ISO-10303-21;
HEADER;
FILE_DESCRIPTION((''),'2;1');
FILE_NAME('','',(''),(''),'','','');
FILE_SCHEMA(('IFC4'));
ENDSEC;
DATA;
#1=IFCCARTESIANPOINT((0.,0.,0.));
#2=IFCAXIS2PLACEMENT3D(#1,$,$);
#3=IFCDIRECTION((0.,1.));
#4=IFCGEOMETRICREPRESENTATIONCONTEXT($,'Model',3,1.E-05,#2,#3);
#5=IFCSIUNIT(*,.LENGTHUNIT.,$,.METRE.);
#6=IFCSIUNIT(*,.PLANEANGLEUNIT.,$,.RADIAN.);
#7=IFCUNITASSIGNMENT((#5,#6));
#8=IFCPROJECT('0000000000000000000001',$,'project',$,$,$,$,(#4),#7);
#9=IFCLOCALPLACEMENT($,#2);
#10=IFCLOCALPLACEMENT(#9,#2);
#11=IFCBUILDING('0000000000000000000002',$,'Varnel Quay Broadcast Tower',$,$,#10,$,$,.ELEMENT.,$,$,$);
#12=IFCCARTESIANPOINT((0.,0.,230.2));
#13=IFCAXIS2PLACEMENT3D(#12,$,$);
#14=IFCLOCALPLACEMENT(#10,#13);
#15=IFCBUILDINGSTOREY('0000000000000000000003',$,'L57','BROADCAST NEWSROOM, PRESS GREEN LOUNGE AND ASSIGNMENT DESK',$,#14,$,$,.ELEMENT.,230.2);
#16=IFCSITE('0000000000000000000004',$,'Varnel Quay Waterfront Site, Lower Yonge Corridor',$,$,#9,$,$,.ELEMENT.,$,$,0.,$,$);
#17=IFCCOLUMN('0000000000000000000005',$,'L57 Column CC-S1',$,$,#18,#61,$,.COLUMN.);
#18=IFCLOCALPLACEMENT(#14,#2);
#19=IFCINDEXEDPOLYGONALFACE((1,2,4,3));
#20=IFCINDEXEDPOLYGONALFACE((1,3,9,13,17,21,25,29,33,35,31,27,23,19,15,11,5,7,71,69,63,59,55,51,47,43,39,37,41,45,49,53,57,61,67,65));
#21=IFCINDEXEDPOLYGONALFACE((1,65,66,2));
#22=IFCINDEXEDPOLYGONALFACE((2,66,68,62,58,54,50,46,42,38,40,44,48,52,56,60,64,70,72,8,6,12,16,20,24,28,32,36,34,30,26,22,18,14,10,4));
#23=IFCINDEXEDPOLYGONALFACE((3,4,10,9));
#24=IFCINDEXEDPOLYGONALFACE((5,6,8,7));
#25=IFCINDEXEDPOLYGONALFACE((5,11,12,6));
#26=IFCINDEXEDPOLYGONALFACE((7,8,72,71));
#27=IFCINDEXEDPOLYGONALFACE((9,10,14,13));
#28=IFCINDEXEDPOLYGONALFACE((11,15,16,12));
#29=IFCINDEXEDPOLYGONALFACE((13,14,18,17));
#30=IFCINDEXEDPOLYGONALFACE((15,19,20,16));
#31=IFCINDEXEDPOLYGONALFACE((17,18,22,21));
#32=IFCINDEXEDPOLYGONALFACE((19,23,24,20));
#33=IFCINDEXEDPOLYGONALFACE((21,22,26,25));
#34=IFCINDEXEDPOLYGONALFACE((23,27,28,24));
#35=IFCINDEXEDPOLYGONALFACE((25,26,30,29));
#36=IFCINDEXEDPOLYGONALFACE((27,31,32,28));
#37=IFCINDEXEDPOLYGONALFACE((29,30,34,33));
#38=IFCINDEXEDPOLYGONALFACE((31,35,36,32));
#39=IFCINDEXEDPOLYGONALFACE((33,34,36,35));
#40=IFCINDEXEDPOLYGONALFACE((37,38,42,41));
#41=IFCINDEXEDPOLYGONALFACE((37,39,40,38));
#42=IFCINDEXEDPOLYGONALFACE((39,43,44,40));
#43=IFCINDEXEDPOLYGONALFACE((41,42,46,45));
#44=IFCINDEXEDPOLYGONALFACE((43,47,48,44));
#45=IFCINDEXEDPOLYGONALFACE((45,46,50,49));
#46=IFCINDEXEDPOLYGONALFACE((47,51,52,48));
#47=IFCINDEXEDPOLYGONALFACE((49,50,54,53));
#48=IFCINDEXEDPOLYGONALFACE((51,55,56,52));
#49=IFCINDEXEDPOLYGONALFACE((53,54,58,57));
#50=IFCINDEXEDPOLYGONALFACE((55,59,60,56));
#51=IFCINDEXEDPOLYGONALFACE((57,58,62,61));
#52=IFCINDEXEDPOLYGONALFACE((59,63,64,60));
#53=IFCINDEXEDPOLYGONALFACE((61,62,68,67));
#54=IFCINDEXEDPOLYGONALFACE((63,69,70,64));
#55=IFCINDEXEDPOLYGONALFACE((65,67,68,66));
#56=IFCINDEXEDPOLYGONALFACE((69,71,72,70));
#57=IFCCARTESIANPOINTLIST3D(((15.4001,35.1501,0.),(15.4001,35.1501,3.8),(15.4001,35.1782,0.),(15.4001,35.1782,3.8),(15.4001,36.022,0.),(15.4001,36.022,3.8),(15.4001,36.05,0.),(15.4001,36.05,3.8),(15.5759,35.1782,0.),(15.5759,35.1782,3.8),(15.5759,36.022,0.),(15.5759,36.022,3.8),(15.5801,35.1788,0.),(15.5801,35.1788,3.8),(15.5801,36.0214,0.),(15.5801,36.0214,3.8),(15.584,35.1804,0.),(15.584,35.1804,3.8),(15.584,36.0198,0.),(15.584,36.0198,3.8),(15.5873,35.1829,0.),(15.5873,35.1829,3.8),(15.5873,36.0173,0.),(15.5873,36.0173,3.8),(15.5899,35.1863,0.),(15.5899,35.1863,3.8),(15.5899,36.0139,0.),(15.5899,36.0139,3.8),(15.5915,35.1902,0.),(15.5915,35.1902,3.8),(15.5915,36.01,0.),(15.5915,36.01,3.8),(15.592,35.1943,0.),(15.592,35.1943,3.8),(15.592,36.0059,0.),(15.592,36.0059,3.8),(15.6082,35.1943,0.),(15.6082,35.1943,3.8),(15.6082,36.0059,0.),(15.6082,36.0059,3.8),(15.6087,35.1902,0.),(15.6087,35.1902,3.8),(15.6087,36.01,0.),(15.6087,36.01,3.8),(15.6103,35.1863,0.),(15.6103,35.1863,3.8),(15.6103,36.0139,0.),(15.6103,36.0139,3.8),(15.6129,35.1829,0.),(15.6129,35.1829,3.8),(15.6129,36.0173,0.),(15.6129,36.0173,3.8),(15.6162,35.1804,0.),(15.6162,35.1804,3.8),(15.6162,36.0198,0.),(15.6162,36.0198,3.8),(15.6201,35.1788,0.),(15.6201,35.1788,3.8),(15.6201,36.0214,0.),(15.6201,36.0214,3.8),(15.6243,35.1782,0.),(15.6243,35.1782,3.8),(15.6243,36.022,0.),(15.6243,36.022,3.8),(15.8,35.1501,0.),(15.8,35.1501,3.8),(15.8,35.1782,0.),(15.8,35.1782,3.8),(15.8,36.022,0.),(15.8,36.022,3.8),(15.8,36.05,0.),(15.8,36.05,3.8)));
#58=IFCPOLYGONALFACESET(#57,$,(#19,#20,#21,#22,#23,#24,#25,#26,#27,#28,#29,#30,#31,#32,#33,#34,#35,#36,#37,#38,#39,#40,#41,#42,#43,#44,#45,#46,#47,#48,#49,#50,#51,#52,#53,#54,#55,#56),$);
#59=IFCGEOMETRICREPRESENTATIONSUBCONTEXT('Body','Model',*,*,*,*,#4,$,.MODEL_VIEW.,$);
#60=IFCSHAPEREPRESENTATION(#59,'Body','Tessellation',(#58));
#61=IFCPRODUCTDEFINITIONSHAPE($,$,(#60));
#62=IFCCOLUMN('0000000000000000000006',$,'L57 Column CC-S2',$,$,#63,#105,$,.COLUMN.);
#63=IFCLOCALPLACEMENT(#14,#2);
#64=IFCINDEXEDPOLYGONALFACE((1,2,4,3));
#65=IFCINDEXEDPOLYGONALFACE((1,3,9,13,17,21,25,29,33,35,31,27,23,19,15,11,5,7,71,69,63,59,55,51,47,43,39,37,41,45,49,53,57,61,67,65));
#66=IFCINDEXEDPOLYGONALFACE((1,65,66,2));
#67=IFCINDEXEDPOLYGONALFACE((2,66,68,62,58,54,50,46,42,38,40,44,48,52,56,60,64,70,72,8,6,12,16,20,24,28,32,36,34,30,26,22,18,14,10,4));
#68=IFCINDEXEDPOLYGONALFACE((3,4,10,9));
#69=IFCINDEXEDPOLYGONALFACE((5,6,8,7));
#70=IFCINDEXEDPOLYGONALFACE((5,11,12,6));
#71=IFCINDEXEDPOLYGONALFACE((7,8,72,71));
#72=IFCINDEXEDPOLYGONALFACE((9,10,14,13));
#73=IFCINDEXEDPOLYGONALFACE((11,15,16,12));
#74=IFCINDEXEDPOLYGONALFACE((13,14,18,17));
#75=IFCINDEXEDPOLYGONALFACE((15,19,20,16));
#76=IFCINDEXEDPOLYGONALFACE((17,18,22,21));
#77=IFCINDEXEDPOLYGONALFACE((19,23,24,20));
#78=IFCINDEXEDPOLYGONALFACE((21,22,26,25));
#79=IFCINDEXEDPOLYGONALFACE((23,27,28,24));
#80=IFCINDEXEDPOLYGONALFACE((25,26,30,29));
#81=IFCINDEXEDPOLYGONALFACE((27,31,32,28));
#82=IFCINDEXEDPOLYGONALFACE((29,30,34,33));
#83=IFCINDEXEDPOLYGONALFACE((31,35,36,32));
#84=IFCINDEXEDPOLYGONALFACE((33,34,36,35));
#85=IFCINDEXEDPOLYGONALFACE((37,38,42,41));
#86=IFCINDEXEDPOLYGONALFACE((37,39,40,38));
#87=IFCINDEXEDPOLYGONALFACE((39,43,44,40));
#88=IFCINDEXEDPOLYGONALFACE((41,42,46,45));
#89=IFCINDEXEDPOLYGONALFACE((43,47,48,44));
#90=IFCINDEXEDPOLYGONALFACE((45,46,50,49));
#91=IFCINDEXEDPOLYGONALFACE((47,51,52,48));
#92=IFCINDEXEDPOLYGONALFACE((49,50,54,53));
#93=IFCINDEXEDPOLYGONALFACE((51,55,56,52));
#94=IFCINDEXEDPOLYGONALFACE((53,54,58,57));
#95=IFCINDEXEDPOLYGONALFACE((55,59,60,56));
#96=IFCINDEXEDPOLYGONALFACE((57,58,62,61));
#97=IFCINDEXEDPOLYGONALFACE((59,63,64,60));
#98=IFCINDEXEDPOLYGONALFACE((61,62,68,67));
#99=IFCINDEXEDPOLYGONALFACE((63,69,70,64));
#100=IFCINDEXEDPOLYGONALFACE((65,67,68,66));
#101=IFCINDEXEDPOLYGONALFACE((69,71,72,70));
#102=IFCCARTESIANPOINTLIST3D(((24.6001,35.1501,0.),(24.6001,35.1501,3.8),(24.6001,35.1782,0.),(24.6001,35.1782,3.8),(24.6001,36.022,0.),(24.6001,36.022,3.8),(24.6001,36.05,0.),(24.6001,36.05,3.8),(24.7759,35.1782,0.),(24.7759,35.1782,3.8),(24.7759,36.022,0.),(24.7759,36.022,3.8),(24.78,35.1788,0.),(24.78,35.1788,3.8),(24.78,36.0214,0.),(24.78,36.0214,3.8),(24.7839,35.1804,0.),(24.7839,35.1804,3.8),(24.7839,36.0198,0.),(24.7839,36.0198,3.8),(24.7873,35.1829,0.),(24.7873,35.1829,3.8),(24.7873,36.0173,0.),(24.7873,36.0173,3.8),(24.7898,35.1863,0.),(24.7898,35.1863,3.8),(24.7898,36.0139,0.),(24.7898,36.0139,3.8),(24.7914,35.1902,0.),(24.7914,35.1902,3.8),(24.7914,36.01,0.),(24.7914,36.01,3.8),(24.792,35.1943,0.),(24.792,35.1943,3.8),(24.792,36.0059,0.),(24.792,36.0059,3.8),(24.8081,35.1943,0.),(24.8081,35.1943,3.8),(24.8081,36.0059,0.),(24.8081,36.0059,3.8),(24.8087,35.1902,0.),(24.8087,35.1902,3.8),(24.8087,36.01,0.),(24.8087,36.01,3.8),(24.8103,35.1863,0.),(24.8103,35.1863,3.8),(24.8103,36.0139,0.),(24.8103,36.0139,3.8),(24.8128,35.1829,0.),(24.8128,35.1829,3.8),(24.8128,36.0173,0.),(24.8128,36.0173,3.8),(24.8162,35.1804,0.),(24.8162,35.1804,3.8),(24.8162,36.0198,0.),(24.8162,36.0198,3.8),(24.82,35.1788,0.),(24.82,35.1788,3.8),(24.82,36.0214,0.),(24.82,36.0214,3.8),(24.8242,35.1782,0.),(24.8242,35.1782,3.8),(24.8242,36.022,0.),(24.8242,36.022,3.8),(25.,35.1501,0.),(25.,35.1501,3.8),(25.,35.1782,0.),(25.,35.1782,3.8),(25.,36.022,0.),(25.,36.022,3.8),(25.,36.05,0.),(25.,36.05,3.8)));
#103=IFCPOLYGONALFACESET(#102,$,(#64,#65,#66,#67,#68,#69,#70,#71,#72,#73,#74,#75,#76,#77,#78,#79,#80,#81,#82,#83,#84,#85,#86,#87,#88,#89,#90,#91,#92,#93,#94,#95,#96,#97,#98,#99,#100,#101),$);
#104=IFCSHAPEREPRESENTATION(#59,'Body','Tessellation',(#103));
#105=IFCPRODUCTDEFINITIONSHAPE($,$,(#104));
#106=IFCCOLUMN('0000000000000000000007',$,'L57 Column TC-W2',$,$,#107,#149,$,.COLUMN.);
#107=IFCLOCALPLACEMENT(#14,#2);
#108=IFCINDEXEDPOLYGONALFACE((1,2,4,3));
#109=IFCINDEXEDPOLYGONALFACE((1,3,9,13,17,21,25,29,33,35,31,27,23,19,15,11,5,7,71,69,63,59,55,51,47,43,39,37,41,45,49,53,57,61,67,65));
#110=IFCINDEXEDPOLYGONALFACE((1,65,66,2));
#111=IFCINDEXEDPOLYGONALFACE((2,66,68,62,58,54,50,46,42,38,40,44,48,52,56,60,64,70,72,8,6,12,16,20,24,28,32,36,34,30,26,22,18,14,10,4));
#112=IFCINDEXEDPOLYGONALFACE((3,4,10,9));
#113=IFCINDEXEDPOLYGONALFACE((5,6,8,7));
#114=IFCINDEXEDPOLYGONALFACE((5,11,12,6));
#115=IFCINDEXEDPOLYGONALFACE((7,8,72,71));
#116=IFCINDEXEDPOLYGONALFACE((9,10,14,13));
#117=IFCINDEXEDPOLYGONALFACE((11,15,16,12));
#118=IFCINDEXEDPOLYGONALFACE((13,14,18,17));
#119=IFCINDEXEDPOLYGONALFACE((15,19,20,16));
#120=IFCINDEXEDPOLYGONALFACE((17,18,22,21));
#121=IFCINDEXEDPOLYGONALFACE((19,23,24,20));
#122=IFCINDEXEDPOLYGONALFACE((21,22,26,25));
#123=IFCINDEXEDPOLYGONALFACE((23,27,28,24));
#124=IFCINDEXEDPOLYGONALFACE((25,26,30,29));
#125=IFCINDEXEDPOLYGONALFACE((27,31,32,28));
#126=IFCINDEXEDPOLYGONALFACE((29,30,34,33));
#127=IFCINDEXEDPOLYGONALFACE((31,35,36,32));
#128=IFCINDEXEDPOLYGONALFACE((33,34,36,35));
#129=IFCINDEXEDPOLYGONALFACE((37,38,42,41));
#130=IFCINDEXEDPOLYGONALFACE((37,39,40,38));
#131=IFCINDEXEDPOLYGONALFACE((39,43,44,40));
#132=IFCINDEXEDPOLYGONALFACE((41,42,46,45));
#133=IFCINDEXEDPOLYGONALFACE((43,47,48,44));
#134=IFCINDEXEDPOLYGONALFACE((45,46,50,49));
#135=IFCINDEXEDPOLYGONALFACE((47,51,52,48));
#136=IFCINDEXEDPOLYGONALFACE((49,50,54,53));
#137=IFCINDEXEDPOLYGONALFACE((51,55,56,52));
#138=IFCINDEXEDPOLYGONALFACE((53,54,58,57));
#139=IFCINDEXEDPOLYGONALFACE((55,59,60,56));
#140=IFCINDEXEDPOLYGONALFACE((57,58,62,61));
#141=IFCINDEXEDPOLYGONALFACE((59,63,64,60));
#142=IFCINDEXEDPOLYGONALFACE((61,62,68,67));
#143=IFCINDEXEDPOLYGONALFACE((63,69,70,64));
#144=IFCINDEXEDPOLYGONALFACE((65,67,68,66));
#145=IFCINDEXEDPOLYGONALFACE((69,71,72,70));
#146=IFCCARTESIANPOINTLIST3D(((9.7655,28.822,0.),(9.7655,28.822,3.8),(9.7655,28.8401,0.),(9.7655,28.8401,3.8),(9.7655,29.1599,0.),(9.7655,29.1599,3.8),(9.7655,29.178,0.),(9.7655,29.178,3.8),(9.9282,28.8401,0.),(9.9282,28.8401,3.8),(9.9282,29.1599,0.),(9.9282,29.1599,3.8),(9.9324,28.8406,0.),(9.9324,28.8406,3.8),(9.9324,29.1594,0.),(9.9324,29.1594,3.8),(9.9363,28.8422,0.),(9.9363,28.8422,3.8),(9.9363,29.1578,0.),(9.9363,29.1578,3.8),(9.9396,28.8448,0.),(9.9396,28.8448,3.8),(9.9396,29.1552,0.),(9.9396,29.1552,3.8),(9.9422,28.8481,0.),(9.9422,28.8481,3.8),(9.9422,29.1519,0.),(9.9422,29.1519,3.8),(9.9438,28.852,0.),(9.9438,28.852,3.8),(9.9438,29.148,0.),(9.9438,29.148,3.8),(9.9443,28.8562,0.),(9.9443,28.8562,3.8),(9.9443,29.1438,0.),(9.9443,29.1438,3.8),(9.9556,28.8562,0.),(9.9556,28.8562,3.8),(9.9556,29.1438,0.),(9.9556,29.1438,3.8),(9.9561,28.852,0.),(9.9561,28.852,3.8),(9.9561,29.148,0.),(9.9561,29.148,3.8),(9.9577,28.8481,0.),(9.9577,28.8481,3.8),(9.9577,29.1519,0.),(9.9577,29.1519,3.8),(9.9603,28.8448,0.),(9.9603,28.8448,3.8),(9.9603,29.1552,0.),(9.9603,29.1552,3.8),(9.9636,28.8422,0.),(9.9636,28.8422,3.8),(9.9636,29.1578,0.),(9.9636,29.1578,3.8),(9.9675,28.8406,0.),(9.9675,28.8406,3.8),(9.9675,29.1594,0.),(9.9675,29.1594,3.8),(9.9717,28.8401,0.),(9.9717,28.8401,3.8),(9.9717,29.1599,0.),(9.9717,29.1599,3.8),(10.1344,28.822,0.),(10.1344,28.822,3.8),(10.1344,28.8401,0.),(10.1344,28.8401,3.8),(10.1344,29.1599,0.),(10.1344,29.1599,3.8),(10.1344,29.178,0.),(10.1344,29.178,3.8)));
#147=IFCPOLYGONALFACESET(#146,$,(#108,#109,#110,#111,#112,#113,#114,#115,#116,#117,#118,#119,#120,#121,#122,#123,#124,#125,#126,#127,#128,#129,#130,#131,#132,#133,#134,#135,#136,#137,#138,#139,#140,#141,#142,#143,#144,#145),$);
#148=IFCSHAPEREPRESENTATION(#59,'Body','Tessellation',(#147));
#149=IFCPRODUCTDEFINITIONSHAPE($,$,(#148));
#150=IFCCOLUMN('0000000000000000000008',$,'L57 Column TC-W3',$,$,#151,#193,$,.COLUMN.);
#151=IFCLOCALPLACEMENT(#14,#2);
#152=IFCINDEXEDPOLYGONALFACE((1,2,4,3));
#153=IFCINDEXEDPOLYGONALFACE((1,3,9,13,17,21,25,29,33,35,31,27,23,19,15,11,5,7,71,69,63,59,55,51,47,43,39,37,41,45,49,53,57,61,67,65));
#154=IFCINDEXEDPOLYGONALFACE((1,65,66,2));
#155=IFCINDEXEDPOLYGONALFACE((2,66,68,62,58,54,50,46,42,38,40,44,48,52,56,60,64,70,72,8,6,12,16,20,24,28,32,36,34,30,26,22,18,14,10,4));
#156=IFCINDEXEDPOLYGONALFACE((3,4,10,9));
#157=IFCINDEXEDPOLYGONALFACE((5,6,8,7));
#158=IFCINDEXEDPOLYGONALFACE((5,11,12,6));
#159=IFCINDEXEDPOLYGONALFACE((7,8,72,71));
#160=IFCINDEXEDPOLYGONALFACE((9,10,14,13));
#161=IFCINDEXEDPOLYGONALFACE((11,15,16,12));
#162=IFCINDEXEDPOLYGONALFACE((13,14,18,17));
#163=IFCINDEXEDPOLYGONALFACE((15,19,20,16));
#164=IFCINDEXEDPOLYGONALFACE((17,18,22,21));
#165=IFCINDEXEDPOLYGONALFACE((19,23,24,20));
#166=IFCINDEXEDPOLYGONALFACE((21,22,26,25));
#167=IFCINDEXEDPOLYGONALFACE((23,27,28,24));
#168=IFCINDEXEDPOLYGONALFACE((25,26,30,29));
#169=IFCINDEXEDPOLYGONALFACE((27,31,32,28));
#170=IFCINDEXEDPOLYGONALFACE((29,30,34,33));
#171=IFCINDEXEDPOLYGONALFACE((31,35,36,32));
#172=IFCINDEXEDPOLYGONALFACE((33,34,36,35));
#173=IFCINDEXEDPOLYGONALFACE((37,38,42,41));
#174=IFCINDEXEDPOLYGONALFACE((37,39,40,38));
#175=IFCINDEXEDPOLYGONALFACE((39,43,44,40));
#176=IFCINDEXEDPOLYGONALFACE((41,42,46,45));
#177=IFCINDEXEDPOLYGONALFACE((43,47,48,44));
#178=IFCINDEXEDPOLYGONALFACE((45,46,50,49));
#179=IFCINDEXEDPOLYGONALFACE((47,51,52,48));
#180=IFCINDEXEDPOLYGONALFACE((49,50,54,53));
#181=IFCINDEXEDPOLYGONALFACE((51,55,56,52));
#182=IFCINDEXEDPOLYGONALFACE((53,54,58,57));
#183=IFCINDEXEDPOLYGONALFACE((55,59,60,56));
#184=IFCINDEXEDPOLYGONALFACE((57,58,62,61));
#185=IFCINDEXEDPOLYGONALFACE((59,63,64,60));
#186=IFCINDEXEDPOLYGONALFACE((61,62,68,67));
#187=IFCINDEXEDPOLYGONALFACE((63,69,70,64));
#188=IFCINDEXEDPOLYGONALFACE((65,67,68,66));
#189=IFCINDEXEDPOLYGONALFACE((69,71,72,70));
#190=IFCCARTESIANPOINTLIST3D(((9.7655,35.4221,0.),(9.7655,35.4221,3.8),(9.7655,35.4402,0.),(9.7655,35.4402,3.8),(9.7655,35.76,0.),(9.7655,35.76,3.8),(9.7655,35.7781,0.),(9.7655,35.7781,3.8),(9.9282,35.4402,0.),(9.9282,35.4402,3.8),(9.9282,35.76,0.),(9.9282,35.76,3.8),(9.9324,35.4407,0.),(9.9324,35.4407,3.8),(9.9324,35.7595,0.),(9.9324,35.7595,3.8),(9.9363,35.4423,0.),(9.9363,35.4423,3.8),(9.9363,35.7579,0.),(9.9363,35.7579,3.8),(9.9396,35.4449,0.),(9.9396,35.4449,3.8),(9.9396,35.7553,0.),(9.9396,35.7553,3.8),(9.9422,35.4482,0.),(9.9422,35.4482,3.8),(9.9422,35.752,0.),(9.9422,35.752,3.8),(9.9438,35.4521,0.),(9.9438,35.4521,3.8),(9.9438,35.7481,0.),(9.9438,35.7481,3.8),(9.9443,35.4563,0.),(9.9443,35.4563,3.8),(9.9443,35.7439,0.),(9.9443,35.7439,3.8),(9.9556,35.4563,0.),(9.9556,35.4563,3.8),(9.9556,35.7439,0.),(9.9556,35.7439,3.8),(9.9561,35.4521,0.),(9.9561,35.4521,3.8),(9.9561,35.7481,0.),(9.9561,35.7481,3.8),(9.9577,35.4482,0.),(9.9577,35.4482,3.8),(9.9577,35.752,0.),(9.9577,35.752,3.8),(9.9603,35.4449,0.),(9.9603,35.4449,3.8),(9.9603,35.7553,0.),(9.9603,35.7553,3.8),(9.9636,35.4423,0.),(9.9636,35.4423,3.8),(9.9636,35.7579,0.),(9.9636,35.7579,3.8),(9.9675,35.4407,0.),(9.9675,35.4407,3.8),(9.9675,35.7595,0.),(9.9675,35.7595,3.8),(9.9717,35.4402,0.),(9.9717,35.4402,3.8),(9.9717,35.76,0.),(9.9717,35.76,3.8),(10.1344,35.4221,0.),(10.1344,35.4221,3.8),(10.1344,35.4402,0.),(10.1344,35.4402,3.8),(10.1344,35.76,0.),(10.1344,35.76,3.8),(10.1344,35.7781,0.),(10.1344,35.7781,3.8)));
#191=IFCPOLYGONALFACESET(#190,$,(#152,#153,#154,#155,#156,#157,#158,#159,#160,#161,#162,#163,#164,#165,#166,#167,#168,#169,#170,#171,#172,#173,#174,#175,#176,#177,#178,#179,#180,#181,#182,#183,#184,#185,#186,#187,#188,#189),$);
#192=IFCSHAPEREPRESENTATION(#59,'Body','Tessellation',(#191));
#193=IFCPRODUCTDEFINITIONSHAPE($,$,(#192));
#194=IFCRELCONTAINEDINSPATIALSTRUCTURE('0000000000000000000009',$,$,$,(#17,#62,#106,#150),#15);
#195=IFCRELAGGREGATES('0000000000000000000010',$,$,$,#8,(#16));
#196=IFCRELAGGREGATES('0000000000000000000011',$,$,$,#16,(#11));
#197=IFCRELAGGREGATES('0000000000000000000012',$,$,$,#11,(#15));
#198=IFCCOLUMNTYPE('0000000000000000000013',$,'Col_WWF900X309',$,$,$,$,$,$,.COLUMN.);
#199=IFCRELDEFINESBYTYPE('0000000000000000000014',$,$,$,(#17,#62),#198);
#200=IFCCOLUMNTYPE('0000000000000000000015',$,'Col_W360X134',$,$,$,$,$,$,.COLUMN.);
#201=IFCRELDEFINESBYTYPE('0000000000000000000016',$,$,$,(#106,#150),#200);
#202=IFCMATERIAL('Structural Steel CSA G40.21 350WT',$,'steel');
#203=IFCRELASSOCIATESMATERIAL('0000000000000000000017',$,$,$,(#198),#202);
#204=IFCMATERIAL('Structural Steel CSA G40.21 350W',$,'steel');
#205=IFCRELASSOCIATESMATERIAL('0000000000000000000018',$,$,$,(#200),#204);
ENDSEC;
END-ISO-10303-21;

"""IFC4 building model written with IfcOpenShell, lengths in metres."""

from ifc_helpers import new_model, si_unit, direction, frame, origin, origin_2d, place, context, subcontext, project, spatial, i_section, extrude, source, transform, mapped, material, material_profile, profile_set, type_object, type_shapes, element, save


model = new_model("IFC4")

# Units and contexts
model_context = context("Model", 3, precision=1e-05, world=origin(), true_north=direction((0.0, 1.0)))
body_context = subcontext(model_context, "Body", "Model", "MODEL_VIEW")
ifc_project = project(units=[si_unit("LENGTHUNIT", "METRE"), si_unit("PLANEANGLEUNIT", "RADIAN")], contexts=[model_context])

# Site, building, storey
site_placement = place(None, origin())
site = spatial("IfcSite", under=ifc_project, at=site_placement, Name="Varnel Quay Waterfront Site, Lower Yonge Corridor", CompositionType="ELEMENT", RefElevation=0.0)
building_placement = place(site_placement, origin())
building = spatial("IfcBuilding", under=site, at=building_placement, Name="Varnel Quay Broadcast Tower", CompositionType="ELEMENT")
storey_placement = place(building_placement, frame((0.0, 0.0, 230.2)))
storey = spatial("IfcBuildingStorey", under=building, at=storey_placement, Name="L57", Description="BROADCAST NEWSROOM, PRESS GREEN LOUNGE AND ASSIGNMENT DESK", CompositionType="ELEMENT", Elevation=230.2)

# Columns
ifc_material_1 = material(Name="Structural Steel CSA G40.21 350WT", Category="steel")
ifc_material_profile_1 = material_profile(ifc_material_1, i_section(OverallWidth=0.3999, OverallDepth=0.8999, WebThickness=0.0161, FlangeThickness=0.0281, FilletRadius=0.0161, at=origin_2d()), Name="WWF900X309")
ifc_profile_set_1 = profile_set([ifc_material_profile_1], Name="Structural Steel CSA G40.21 350WT")
column_type_1 = type_object("IfcColumnType", Name="Col_WWF900X309", PredefinedType="COLUMN", material=ifc_profile_set_1)
shared_shape_1 = source(origin(), body_context, "Body", "SweptSolid", [
    extrude(i_section(OverallWidth=0.3999, OverallDepth=0.8999, WebThickness=0.0161, FlangeThickness=0.0281, FilletRadius=0.0161, at=origin_2d()), origin(), (0.0, 0.0, 1.0), 3.8),
])
type_shapes(column_type_1, [shared_shape_1])
for number, where, z_axis, x_axis, name in (
    (1, (15.6001, 35.6001, 0.0), (0.0, 0.0, 1.0), (1.0, 0.0, 0.0), "L57 Column CC-S1"),
    (2, (24.8, 35.6001, 0.0), (0.0, 0.0, 1.0), (1.0, 0.0, 0.0), "L57 Column CC-S2"),
):
    element("IfcColumn", number, at=place(storey_placement, frame(where, z_axis=z_axis, x_axis=x_axis)), inside=storey, type_object=column_type_1, Name=name, PredefinedType="COLUMN", context=body_context, shape_type="MappedRepresentation", body=[
        mapped(shared_shape_1, transform((0.0, 0.0, 0.0), x_axis=(1.0, 0.0, 0.0), y_axis=(0.0, 1.0, 0.0), z_axis=(0.0, 0.0, 1.0), scale=1.0)),
    ])
ifc_material_2 = material(Name="Structural Steel CSA G40.21 350W", Category="steel")
ifc_material_profile_2 = material_profile(ifc_material_2, i_section(OverallWidth=0.3689, OverallDepth=0.356, WebThickness=0.0112, FlangeThickness=0.0181, FilletRadius=0.0161, at=origin_2d()), Name="W360X134")
ifc_profile_set_2 = profile_set([ifc_material_profile_2], Name="Structural Steel CSA G40.21 350W")
column_type_2 = type_object("IfcColumnType", Name="Col_W360X134", PredefinedType="COLUMN", material=ifc_profile_set_2)
shared_shape_2 = source(origin(), body_context, "Body", "SweptSolid", [
    extrude(i_section(OverallWidth=0.3689, OverallDepth=0.356, WebThickness=0.0112, FlangeThickness=0.0181, FilletRadius=0.0161, at=origin_2d()), origin(), (0.0, 0.0, 1.0), 3.8),
])
type_shapes(column_type_2, [shared_shape_2])
for number, where, z_axis, x_axis, name in (
    (3, (9.95, 29.0, 0.0), (0.0, 0.0, 1.0), (1.0, 0.0, 0.0), "L57 Column TC-W2"),
    (4, (9.95, 35.6001, 0.0), (0.0, 0.0, 1.0), (1.0, 0.0, 0.0), "L57 Column TC-W3"),
):
    element("IfcColumn", number, at=place(storey_placement, frame(where, z_axis=z_axis, x_axis=x_axis)), inside=storey, type_object=column_type_2, Name=name, PredefinedType="COLUMN", context=body_context, shape_type="MappedRepresentation", body=[
        mapped(shared_shape_2, transform((0.0, 0.0, 0.0), x_axis=(1.0, 0.0, 0.0), y_axis=(0.0, 1.0, 0.0), z_axis=(0.0, 0.0, 1.0), scale=1.0)),
    ])

save(model, "model.ifc")
